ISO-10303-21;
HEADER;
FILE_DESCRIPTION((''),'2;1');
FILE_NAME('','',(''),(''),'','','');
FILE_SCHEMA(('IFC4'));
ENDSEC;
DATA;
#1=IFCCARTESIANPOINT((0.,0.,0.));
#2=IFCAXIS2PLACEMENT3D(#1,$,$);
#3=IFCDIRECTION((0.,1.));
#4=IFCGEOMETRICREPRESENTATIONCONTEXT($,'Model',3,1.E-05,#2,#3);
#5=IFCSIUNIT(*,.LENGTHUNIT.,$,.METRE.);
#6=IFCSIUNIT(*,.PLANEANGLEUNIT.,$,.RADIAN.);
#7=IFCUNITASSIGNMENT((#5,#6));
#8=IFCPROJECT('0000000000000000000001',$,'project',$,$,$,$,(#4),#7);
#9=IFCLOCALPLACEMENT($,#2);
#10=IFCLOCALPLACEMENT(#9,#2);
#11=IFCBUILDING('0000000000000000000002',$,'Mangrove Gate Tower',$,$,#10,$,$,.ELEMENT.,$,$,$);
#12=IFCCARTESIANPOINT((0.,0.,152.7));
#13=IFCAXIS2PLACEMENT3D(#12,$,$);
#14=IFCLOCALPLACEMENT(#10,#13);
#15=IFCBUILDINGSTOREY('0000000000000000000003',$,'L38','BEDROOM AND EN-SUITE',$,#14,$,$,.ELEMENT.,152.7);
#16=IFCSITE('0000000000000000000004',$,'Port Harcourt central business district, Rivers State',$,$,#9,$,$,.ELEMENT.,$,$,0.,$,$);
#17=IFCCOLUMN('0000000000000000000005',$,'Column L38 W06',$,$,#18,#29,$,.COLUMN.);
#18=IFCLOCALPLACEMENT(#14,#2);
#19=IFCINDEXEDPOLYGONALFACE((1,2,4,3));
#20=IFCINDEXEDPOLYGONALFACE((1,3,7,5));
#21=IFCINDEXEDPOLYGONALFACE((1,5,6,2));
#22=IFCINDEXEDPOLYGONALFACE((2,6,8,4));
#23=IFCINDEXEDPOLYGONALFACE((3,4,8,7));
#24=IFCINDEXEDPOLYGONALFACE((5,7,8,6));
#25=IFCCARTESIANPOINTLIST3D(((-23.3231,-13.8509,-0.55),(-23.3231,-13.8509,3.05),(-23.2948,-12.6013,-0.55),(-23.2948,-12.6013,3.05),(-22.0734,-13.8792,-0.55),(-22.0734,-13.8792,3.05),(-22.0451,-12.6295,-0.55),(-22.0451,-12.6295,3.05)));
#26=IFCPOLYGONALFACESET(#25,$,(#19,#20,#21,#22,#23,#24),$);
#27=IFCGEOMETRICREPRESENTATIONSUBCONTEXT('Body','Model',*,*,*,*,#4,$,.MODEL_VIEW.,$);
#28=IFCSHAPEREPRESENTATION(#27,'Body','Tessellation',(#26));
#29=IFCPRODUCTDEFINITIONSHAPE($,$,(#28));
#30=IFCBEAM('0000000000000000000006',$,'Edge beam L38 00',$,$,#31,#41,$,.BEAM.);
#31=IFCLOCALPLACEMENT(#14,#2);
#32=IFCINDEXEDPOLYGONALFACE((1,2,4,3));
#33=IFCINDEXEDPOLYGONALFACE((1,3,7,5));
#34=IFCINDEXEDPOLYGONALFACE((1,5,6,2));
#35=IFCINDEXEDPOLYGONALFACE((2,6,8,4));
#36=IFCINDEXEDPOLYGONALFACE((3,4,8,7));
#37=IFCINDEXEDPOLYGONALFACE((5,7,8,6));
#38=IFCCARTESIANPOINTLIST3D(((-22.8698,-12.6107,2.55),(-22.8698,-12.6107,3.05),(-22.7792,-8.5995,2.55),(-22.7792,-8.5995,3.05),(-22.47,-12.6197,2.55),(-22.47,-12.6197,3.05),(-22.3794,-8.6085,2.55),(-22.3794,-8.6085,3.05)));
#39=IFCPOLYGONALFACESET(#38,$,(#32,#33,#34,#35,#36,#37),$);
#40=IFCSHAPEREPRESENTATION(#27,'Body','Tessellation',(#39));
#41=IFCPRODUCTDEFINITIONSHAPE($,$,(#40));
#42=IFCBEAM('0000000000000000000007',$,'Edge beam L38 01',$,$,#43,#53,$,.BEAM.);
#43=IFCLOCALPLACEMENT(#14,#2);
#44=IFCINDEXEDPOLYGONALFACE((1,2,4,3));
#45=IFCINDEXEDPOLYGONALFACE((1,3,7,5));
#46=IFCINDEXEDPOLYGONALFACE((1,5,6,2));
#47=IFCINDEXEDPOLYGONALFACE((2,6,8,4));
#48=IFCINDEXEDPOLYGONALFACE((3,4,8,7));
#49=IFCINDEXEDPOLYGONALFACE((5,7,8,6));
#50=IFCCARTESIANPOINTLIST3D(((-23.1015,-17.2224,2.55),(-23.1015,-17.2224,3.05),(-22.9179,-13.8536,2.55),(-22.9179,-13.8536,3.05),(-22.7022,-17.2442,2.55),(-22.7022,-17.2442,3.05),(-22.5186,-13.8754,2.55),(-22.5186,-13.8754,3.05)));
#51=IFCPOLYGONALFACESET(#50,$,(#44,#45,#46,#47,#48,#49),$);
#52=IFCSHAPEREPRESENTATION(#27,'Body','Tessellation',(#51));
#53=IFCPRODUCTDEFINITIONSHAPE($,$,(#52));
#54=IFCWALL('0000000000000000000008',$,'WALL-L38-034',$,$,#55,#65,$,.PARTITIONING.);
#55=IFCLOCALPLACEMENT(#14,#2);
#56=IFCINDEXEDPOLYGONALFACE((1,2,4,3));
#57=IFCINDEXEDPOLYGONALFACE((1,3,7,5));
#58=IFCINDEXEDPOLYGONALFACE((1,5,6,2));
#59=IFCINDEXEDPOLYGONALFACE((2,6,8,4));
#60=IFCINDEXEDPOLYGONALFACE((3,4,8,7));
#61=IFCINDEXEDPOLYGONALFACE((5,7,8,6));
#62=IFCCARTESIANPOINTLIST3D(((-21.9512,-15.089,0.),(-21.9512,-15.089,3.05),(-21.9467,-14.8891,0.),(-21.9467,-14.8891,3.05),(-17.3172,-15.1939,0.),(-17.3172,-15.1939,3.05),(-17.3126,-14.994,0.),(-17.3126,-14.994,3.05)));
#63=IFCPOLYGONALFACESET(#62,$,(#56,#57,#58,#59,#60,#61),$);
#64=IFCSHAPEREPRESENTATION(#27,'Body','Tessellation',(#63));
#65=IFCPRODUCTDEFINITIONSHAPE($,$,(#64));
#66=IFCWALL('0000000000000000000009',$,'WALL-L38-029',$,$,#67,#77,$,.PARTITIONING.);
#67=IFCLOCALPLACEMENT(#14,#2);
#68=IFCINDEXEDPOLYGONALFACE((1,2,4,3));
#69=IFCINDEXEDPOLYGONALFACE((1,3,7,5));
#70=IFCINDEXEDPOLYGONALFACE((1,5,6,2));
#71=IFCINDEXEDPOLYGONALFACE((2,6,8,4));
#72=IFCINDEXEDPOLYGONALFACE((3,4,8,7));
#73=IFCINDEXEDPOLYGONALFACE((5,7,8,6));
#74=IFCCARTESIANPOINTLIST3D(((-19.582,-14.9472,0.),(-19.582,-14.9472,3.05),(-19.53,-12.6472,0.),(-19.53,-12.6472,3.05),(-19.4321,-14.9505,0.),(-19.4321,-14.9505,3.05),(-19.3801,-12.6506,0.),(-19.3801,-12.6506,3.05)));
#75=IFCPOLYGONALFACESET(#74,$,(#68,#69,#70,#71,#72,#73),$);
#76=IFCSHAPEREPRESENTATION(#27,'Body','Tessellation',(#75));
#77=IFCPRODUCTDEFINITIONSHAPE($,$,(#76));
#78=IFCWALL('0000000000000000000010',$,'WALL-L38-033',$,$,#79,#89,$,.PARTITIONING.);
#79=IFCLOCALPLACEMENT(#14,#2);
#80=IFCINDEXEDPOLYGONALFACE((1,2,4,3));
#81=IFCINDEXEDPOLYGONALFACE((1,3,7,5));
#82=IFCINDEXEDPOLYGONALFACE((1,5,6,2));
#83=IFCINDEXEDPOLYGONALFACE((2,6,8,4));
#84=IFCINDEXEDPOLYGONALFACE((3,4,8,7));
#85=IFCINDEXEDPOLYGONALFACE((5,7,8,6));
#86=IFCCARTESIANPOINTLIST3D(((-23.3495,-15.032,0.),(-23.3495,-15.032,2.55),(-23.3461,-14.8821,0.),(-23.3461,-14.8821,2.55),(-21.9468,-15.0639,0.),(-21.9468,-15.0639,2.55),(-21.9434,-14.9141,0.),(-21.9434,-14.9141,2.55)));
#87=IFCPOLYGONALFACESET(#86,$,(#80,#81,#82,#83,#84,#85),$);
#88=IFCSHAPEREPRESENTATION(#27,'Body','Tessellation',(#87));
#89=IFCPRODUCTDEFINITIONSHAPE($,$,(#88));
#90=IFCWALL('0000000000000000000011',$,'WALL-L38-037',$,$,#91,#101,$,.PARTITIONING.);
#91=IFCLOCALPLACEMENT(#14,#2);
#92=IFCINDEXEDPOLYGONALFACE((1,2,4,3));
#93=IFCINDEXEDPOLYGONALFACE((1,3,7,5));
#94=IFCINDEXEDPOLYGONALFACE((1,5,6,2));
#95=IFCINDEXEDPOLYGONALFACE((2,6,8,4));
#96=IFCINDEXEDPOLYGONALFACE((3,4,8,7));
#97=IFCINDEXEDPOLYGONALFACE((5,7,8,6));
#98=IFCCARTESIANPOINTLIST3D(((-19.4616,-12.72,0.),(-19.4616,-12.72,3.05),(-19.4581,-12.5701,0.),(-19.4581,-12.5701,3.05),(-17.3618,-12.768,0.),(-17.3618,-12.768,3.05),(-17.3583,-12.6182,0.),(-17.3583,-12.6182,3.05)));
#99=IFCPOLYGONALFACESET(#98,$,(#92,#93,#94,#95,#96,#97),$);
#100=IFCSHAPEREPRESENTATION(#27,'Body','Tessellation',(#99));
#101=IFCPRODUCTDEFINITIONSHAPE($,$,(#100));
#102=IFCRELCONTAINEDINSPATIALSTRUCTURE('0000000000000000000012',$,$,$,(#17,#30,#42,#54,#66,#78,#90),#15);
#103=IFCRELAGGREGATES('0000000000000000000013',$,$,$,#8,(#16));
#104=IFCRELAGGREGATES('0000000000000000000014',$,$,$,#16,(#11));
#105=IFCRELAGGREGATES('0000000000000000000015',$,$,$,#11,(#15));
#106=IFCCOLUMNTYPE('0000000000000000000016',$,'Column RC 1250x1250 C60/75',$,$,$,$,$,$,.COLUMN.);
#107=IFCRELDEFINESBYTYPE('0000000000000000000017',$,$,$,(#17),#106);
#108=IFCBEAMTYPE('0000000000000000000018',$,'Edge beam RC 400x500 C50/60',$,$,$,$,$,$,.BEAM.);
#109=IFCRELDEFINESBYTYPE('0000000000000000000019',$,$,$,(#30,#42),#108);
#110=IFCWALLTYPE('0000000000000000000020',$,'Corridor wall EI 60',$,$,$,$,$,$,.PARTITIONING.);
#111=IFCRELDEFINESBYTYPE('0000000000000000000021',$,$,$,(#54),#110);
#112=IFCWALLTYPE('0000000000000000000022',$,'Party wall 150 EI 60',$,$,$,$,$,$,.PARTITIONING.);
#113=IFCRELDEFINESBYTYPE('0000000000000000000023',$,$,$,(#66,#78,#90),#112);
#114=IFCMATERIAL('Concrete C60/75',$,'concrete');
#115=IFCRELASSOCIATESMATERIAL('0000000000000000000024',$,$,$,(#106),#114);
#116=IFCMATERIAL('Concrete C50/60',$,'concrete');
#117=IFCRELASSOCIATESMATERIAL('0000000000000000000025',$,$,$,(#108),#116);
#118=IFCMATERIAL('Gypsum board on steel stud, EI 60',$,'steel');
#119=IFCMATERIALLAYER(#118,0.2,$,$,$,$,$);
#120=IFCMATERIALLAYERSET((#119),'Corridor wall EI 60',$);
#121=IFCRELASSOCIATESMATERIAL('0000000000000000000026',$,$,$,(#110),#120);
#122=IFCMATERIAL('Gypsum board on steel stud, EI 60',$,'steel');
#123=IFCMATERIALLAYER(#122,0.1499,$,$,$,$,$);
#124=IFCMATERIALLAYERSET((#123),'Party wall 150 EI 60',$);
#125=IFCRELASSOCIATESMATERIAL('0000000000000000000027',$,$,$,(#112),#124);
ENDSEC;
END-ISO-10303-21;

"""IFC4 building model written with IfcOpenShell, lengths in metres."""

from ifc_helpers import new_model, si_unit, direction, frame, frame_2d, origin, origin_2d, place, context, subcontext, project, spatial, rectangle, extrude, material, layer, layer_set, material_profile, profile_set, type_object, element, save


model = new_model("IFC4")

# Units and contexts
model_context = context("Model", 3, precision=1e-05, world=origin(), true_north=direction((0.0, 1.0)))
body_context = subcontext(model_context, "Body", "Model", "MODEL_VIEW")
ifc_project = project(units=[si_unit("LENGTHUNIT", "METRE"), si_unit("PLANEANGLEUNIT", "RADIAN")], contexts=[model_context])

# Site, building, storey
site_placement = place(None, origin())
site = spatial("IfcSite", under=ifc_project, at=site_placement, Name="Port Harcourt central business district, Rivers State", CompositionType="ELEMENT", RefElevation=0.0)
building_placement = place(site_placement, origin())
building = spatial("IfcBuilding", under=site, at=building_placement, Name="Mangrove Gate Tower", CompositionType="ELEMENT")
storey_placement = place(building_placement, frame((0.0, 0.0, 152.7)))
storey = spatial("IfcBuildingStorey", under=building, at=storey_placement, Name="L38", Description="BEDROOM AND EN-SUITE", CompositionType="ELEMENT", Elevation=152.7)

# Column
ifc_material_1 = material(Name="Concrete C60/75", Category="concrete")
ifc_material_profile_1 = material_profile(ifc_material_1, rectangle(XDim=1.25, YDim=1.25, at=origin_2d()))
ifc_profile_set_1 = profile_set([ifc_material_profile_1], Name="Concrete C60/75")
column_type = type_object("IfcColumnType", Name="Column RC 1250x1250 C60/75", PredefinedType="COLUMN", material=ifc_profile_set_1)
column_placement = place(storey_placement, frame((-22.6841, -13.2402, -0.55), z_axis=(0.0, 0.0, 1.0), x_axis=(-0.022613, -0.999744, 0.0)))
element("IfcColumn", 1, at=column_placement, inside=storey, type_object=column_type, Name="Column L38 W06", PredefinedType="COLUMN", context=body_context, shape_type="SweptSolid", body=[
    extrude(rectangle(XDim=1.25, YDim=1.25, at=origin_2d()), origin(), (0.0, 0.0, 1.0), 3.6001),
])

# Beams
ifc_material_2 = material(Name="Concrete C50/60", Category="concrete")
ifc_material_profile_2 = material_profile(ifc_material_2, rectangle(XDim=0.3999, YDim=0.5, at=origin_2d()))
ifc_profile_set_2 = profile_set([ifc_material_profile_2], Name="Concrete C50/60")
beam_type = type_object("IfcBeamType", Name="Edge beam RC 400x500 C50/60", PredefinedType="BEAM", material=ifc_profile_set_2)
beam_1_placement = place(storey_placement, frame((-22.5793, -8.604, 2.8), z_axis=(-0.022575, -0.999745, 0.0), x_axis=(0.999745, -0.022575, 0.0)))
element("IfcBeam", 2, at=beam_1_placement, inside=storey, type_object=beam_type, Name="Edge beam L38 00", PredefinedType="BEAM", context=body_context, shape_type="SweptSolid", body=[
    extrude(rectangle(XDim=0.3999, YDim=0.5, at=origin_2d()), origin(), (0.0, 0.0, 1.0), 4.0122),
])
beam_2_placement = place(storey_placement, frame((-22.7183, -13.8645, 2.8), z_axis=(-0.054416, -0.998518, 0.0), x_axis=(0.998518, -0.054416, 0.0)))
element("IfcBeam", 3, at=beam_2_placement, inside=storey, type_object=beam_type, Name="Edge beam L38 01", PredefinedType="BEAM", context=body_context, shape_type="SweptSolid", body=[
    extrude(rectangle(XDim=0.3999, YDim=0.5, at=origin_2d()), origin(), (0.0, 0.0, 1.0), 3.3738),
])

# Shared definitions
ifc_material_3 = material(Name="Gypsum board on steel stud, EI 60", Category="steel")
ifc_layer_1 = layer(ifc_material_3, 0.2)
ifc_layer_set_1 = layer_set([ifc_layer_1], Name="Corridor wall EI 60")
wall_type_1 = type_object("IfcWallType", Name="Corridor wall EI 60", PredefinedType="PARTITIONING", material=ifc_layer_set_1)

# Walls
wall_1_placement = place(storey_placement, frame((-21.949, -14.989, 0.0), z_axis=(0.0, 0.0, 1.0), x_axis=(0.999743, -0.022648, 0.0)))
element("IfcWall", 4, at=wall_1_placement, inside=storey, type_object=wall_type_1, Name="WALL-L38-034", PredefinedType="PARTITIONING", context=body_context, shape_type="SweptSolid", body=[
    extrude(rectangle(XDim=4.6353, YDim=0.2, at=frame_2d((2.3176, 0.0))), origin(), (0.0, 0.0, 1.0), 3.05),
])
ifc_material_4 = material(Name="Gypsum board on steel stud, EI 60", Category="steel")
ifc_layer_2 = layer(ifc_material_4, 0.1499)
ifc_layer_set_2 = layer_set([ifc_layer_2], Name="Party wall 150 EI 60")
wall_type_2 = type_object("IfcWallType", Name="Party wall 150 EI 60", PredefinedType="PARTITIONING", material=ifc_layer_set_2)
wall_2_placement = place(storey_placement, frame((-19.5071, -14.949, 0.0), z_axis=(0.0, 0.0, 1.0), x_axis=(0.022603, 0.999745, 0.0)))
element("IfcWall", 5, at=wall_2_placement, inside=storey, type_object=wall_type_2, Name="WALL-L38-029", PredefinedType="PARTITIONING", context=body_context, shape_type="SweptSolid", body=[
    extrude(rectangle(XDim=2.3005, YDim=0.1499, at=frame_2d((1.1504, 0.0))), origin(), (0.0, 0.0, 1.0), 3.05),
])
wall_3_placement = place(storey_placement, frame((-23.3479, -14.957, 0.0), z_axis=(0.0, 0.0, 1.0), x_axis=(0.99974, -0.022793, 0.0)))
element("IfcWall", 6, at=wall_3_placement, inside=storey, type_object=wall_type_2, Name="WALL-L38-033", PredefinedType="PARTITIONING", context=body_context, shape_type="SweptSolid", body=[
    extrude(rectangle(XDim=1.4031, YDim=0.1499, at=frame_2d((0.7017, 0.0))), origin(), (0.0, 0.0, 1.0), 2.55),
])
wall_4_placement = place(storey_placement, frame((-19.46, -12.645, 0.0), z_axis=(0.0, 0.0, 1.0), x_axis=(0.999738, -0.022898, 0.0)))
element("IfcWall", 7, at=wall_4_placement, inside=storey, type_object=wall_type_2, Name="WALL-L38-037", PredefinedType="PARTITIONING", context=body_context, shape_type="SweptSolid", body=[
    extrude(rectangle(XDim=2.1003, YDim=0.1499, at=frame_2d((1.0503, 0.0))), origin(), (0.0, 0.0, 1.0), 3.05),
])

save(model, "model.ifc")
